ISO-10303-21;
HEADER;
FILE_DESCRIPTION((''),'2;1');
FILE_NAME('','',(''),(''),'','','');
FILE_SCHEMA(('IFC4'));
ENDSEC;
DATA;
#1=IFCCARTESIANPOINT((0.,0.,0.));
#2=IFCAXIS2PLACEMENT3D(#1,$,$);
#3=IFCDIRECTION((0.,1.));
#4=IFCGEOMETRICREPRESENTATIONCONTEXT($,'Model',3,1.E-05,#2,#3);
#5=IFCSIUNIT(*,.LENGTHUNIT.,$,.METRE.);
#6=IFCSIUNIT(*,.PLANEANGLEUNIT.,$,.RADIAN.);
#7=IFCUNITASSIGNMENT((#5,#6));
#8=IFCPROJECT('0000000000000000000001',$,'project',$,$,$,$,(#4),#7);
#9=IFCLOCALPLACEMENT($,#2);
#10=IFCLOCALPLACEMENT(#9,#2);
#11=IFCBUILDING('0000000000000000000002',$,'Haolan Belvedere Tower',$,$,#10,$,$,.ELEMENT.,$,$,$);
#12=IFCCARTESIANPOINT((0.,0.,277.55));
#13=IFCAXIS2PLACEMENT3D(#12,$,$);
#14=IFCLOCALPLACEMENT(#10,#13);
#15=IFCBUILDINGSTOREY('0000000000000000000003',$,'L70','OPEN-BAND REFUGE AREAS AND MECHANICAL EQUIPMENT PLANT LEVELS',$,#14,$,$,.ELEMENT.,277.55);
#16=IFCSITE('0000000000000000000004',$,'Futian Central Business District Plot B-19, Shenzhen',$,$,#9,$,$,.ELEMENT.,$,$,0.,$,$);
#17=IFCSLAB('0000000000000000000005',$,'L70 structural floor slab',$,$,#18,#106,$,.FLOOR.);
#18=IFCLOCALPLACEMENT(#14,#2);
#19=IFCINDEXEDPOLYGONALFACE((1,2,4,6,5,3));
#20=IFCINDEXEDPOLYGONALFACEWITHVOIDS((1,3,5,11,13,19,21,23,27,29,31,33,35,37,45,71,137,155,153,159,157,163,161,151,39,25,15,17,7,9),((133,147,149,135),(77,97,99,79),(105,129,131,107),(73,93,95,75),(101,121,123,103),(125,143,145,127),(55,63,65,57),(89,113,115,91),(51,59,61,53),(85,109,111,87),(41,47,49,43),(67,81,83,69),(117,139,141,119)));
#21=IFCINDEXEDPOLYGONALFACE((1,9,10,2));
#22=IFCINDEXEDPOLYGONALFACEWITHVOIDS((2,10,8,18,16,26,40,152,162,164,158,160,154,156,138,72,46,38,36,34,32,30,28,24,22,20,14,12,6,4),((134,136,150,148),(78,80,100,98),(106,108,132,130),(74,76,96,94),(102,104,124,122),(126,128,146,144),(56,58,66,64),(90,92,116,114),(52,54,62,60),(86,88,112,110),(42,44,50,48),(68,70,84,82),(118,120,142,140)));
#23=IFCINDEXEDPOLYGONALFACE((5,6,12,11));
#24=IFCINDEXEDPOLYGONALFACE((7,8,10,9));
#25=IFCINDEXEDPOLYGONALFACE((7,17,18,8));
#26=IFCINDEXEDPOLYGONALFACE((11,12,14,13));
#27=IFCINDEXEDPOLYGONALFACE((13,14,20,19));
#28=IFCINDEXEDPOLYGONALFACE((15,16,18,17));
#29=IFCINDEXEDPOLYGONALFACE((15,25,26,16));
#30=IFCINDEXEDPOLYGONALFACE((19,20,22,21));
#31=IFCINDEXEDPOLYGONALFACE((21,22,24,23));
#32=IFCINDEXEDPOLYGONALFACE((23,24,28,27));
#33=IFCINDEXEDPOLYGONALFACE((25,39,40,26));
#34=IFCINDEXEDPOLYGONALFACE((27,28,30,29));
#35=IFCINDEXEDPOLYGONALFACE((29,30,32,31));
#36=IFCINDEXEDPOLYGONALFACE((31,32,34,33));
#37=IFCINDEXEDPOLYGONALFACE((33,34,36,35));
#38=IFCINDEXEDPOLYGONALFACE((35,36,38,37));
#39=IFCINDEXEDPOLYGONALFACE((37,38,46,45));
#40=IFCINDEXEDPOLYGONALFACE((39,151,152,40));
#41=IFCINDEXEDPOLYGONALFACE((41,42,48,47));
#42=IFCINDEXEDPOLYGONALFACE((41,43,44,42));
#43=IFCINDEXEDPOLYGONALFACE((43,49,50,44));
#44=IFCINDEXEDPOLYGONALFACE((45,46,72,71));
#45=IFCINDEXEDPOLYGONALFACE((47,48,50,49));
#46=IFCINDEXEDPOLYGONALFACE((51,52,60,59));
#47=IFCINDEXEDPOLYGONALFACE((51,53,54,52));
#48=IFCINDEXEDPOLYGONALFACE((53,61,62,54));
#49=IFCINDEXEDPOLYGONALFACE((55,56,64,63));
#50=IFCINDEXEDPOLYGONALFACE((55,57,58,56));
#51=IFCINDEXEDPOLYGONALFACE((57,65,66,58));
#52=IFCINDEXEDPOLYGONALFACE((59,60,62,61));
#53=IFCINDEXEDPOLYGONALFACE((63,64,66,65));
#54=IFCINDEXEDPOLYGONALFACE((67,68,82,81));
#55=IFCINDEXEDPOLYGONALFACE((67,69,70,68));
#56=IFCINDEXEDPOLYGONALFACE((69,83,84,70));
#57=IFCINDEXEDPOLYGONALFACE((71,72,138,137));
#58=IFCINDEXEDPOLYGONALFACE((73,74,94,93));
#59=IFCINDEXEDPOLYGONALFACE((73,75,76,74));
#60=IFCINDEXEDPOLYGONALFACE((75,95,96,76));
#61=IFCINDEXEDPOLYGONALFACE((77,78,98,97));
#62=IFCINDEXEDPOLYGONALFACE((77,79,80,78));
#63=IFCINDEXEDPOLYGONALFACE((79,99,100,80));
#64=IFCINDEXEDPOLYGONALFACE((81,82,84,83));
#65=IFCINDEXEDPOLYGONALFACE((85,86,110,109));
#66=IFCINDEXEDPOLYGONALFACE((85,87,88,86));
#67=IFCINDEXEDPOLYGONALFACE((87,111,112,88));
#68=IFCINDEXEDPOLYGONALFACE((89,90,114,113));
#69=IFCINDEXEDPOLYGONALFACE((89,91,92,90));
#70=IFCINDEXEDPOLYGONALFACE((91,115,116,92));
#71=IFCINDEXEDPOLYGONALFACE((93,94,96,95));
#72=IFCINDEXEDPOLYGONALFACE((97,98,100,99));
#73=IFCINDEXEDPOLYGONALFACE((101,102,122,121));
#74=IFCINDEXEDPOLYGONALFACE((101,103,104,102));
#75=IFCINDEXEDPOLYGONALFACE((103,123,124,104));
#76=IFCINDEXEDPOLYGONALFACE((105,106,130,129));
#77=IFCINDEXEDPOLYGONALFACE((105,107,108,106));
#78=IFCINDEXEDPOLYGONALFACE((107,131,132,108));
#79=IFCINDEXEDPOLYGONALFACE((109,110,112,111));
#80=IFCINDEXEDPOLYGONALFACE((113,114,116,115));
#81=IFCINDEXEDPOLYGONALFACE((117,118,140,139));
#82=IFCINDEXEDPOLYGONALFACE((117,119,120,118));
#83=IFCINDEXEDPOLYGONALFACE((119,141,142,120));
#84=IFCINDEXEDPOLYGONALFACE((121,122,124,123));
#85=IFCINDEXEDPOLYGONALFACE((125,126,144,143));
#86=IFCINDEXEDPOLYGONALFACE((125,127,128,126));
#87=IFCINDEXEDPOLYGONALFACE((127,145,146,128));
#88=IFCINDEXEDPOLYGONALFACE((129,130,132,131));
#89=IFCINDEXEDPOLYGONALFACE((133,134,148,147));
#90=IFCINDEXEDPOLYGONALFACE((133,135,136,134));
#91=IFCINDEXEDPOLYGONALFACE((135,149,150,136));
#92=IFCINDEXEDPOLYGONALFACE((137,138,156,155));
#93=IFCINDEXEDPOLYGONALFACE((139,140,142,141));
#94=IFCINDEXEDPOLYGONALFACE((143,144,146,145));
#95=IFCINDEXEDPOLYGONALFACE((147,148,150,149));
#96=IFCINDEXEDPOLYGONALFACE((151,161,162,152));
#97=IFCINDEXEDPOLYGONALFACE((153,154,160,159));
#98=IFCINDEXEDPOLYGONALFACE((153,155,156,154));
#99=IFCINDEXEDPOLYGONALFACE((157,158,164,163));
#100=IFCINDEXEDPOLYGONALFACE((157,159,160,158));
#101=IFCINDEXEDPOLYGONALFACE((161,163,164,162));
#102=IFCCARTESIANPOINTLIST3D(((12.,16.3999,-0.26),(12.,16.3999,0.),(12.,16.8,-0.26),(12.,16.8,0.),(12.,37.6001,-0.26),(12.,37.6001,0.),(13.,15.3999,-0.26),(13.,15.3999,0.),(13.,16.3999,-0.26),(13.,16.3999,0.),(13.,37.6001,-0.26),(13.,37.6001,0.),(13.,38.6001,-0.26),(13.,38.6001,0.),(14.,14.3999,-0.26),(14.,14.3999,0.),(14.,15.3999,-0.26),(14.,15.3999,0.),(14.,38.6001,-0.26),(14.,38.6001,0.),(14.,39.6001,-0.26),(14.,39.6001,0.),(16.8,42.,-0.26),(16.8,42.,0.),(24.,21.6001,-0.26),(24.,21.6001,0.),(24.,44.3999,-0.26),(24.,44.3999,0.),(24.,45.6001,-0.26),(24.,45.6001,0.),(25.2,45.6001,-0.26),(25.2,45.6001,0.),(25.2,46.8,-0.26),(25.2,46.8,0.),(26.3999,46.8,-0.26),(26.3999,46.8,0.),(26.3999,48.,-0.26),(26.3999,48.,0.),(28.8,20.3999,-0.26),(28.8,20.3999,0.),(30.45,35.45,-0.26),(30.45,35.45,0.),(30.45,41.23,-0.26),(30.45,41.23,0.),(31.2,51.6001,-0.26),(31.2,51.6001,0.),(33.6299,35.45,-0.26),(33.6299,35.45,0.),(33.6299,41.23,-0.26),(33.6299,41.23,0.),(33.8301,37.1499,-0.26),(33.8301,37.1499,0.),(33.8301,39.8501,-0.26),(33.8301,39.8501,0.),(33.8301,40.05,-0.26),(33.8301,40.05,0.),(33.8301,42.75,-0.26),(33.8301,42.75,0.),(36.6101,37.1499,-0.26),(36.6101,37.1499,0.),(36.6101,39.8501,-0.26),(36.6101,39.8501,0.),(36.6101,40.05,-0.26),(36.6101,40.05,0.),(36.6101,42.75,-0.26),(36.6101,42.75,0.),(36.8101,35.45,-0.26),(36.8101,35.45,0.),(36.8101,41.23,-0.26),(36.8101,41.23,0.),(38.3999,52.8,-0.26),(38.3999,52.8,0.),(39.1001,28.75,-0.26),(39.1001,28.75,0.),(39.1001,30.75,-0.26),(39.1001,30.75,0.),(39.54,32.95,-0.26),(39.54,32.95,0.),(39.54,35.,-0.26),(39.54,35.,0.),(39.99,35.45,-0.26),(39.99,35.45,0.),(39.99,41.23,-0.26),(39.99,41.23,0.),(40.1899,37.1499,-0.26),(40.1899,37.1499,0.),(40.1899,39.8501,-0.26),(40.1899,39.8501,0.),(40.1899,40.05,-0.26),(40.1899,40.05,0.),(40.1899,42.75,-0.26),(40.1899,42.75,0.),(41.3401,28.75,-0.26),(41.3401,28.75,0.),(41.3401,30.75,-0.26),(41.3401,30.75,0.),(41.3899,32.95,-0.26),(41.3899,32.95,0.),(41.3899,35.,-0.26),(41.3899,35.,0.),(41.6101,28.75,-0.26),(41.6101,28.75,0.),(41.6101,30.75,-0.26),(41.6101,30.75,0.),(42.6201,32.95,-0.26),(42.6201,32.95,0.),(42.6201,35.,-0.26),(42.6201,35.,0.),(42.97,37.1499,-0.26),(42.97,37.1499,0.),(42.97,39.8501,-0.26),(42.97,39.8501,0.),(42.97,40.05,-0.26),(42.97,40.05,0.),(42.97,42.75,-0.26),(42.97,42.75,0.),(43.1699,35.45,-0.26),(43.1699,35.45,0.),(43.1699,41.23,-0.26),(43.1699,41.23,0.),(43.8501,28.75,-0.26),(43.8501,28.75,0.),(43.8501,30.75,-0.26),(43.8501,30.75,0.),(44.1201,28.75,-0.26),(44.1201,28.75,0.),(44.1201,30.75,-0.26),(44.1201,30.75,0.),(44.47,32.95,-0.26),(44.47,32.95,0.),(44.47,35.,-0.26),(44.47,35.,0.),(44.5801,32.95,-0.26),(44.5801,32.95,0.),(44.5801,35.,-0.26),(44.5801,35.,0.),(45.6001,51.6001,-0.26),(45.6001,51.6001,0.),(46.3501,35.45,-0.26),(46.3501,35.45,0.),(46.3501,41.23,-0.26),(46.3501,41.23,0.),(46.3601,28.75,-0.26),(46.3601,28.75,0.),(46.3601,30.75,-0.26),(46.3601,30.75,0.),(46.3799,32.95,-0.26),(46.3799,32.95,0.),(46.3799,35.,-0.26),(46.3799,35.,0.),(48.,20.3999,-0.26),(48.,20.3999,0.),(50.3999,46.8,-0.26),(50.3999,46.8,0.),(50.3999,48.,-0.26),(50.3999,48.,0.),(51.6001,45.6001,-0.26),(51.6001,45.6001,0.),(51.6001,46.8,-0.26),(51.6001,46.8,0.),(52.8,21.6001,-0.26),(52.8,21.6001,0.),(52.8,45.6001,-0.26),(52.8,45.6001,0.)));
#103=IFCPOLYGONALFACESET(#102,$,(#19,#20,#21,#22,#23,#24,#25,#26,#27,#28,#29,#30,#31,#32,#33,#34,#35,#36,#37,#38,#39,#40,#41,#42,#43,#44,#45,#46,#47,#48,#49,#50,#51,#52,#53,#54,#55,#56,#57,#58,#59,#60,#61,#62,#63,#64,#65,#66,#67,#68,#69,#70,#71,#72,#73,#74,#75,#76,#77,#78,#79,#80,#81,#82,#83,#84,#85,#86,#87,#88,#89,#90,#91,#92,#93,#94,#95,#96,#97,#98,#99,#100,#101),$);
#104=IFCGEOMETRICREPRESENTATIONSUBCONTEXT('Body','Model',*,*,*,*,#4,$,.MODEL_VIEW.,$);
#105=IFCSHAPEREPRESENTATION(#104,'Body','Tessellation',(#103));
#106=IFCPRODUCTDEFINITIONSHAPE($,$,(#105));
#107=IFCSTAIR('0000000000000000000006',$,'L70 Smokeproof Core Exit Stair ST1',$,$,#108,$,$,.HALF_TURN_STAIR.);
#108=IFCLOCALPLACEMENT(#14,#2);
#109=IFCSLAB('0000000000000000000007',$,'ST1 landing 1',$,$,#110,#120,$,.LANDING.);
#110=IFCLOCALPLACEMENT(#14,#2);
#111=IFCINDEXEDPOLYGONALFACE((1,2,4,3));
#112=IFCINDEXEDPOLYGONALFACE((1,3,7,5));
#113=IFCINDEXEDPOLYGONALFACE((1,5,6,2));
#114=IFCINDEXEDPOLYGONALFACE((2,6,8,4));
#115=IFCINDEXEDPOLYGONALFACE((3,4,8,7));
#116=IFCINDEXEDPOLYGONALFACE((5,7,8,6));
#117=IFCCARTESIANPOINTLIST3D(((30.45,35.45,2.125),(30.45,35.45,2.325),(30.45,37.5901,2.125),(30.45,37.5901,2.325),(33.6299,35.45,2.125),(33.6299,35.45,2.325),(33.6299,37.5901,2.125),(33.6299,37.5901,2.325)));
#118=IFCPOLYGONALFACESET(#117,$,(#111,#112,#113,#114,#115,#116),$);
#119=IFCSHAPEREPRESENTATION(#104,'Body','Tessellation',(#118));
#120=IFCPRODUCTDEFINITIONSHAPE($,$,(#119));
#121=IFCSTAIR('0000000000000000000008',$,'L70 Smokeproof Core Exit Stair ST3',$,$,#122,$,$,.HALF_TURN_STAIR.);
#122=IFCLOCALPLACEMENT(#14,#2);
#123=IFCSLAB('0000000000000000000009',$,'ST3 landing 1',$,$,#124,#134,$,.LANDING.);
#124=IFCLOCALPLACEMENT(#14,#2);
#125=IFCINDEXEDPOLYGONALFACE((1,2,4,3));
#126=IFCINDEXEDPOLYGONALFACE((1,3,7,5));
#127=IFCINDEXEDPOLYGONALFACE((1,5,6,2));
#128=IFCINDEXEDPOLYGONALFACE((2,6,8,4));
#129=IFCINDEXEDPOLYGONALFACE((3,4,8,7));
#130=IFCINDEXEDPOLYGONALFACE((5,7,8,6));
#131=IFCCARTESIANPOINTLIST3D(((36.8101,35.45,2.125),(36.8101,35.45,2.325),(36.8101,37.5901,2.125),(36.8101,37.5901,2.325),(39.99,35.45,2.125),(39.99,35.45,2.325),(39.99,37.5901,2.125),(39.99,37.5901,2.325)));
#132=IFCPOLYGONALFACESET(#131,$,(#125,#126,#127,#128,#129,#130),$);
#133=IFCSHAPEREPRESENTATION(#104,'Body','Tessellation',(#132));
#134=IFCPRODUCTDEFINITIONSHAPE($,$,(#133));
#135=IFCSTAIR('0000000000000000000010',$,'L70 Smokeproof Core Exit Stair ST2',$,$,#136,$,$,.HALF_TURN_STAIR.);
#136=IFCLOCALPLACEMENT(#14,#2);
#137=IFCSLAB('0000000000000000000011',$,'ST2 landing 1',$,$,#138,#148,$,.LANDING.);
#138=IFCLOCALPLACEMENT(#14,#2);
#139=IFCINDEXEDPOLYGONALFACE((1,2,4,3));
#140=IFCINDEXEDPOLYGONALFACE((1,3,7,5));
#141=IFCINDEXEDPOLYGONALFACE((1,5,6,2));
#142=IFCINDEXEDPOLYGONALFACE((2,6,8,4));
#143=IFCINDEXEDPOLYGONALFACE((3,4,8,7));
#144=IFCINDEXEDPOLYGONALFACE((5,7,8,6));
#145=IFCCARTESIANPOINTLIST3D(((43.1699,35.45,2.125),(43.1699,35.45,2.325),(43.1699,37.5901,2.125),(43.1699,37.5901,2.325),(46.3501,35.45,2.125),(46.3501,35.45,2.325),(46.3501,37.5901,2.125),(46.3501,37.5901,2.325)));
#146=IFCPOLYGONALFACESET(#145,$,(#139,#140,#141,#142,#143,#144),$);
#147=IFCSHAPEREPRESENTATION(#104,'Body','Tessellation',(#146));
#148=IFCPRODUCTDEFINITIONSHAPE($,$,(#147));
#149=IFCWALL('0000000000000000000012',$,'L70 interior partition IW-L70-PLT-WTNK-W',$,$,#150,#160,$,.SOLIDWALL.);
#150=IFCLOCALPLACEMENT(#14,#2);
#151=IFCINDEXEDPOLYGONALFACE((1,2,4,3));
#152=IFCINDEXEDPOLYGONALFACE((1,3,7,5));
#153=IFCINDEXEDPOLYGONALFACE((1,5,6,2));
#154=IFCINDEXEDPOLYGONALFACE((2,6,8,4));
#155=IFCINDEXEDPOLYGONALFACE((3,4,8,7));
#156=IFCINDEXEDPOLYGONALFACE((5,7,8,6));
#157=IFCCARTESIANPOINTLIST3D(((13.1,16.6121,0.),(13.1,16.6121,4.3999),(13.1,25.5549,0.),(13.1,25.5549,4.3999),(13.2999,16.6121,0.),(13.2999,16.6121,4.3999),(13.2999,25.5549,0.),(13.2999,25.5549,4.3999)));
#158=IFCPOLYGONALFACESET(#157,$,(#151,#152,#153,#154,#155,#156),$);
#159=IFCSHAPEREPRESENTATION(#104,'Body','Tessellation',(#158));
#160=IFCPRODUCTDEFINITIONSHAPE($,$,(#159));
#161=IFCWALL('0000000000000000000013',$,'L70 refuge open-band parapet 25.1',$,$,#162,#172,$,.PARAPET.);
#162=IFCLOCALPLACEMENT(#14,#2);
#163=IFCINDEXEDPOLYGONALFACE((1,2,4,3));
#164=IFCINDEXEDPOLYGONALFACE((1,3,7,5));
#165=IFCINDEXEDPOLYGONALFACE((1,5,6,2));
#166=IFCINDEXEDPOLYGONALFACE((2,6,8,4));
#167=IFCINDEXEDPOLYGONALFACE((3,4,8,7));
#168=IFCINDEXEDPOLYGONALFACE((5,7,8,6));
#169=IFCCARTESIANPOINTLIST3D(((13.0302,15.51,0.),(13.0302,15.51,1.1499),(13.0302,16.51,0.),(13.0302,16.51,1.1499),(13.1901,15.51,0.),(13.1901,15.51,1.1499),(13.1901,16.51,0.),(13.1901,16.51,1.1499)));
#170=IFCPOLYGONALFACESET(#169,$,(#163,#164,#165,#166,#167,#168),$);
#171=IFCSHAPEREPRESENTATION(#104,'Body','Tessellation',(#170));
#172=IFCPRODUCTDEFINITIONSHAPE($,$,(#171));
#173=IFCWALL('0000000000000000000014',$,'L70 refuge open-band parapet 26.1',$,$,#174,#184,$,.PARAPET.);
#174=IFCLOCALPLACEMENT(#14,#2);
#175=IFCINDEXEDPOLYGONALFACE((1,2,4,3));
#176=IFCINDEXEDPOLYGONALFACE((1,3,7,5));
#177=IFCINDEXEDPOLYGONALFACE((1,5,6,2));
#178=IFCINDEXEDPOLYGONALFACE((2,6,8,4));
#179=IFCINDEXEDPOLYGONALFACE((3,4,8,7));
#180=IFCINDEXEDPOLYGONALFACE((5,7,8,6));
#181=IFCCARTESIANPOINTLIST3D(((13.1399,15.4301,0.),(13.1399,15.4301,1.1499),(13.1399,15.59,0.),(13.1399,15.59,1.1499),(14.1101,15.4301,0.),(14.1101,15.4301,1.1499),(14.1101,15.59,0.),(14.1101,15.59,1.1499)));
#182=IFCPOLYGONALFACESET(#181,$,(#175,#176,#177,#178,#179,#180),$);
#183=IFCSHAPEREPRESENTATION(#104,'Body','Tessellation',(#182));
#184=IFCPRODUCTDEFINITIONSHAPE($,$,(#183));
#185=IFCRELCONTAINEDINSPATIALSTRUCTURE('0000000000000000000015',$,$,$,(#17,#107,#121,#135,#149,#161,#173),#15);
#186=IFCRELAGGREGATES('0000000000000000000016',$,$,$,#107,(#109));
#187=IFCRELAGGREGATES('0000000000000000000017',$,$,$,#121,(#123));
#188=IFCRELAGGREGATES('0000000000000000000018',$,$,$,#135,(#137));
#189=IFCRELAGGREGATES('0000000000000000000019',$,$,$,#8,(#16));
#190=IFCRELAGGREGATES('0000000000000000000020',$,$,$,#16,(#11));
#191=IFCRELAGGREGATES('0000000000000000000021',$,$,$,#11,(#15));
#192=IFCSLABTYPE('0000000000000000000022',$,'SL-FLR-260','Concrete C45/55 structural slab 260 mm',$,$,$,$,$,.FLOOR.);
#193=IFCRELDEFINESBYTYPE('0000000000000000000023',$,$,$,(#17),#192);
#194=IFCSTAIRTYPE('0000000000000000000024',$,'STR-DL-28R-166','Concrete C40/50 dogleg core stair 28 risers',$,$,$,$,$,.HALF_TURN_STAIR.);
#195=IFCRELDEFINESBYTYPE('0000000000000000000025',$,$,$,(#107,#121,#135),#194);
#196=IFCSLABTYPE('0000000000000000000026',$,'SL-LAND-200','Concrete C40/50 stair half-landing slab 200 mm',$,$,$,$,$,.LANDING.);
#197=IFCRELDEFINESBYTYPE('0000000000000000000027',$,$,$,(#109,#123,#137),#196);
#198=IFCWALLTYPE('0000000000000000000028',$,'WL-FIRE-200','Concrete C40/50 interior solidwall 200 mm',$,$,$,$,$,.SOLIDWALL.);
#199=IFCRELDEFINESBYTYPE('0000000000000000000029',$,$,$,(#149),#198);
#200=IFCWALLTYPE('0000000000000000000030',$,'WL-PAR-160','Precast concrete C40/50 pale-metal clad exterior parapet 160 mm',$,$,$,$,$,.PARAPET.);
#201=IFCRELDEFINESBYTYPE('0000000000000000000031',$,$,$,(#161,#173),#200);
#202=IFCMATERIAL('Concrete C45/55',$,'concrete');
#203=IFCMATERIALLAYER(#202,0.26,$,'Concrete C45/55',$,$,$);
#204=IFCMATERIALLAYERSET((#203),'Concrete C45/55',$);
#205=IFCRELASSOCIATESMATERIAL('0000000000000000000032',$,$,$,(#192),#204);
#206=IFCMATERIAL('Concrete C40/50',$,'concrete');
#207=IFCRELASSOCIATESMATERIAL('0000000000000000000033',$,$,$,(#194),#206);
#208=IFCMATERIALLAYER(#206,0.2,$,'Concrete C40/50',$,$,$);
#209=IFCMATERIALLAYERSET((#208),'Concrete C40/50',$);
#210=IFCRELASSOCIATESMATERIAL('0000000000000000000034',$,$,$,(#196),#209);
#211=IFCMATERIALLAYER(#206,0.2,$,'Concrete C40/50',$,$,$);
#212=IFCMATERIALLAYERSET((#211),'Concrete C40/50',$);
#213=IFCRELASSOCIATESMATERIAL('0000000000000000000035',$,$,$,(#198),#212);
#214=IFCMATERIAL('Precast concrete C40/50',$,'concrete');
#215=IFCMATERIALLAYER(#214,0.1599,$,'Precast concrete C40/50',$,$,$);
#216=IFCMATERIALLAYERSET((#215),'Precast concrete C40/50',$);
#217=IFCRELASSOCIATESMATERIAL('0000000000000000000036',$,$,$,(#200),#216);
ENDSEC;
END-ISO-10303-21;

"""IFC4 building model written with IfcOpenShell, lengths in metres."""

from ifc_helpers import new_model, si_unit, direction, frame, frame_2d, origin, place, context, subcontext, project, spatial, polyline, rectangle, outline, extrude, material, layer, layer_set, type_object, element, aggregate, save


model = new_model("IFC4")

# Units and contexts
model_context = context("Model", 3, precision=1e-05, world=origin(), true_north=direction((0.0, 1.0)))
body_context = subcontext(model_context, "Body", "Model", "MODEL_VIEW")
ifc_project = project(units=[si_unit("LENGTHUNIT", "METRE"), si_unit("PLANEANGLEUNIT", "RADIAN")], contexts=[model_context])

# Site, building, storey
site_placement = place(None, origin())
site = spatial("IfcSite", under=ifc_project, at=site_placement, Name="Futian Central Business District Plot B-19, Shenzhen", CompositionType="ELEMENT", RefElevation=0.0)
building_placement = place(site_placement, origin())
building = spatial("IfcBuilding", under=site, at=building_placement, Name="Haolan Belvedere Tower", CompositionType="ELEMENT")
storey_placement = place(building_placement, frame((0.0, 0.0, 277.55)))
storey = spatial("IfcBuildingStorey", under=building, at=storey_placement, Name="L70", Description="OPEN-BAND REFUGE AREAS AND MECHANICAL EQUIPMENT PLANT LEVELS", CompositionType="ELEMENT", Elevation=277.55)

# Slab
ifc_material_1 = material(Name="Concrete C45/55", Category="concrete")
ifc_layer_1 = layer(ifc_material_1, 0.26, Name="Concrete C45/55")
ifc_layer_set_1 = layer_set([ifc_layer_1], Name="Concrete C45/55")
slab_type_1 = type_object("IfcSlabType", Name="SL-FLR-260", Description="Concrete C45/55 structural slab 260 mm", PredefinedType="FLOOR", material=ifc_layer_set_1)
slab_1_placement = place(storey_placement, frame((0.0, 0.0, -0.26)))
element("IfcSlab", 1, at=slab_1_placement, inside=storey, type_object=slab_type_1, Name="L70 structural floor slab", PredefinedType="FLOOR", context=body_context, shape_type="SweptSolid", body=[
    extrude(outline(polyline([(24.0, 21.6001), (28.8, 20.3999), (48.0, 20.3999), (52.8, 21.6001), (52.8, 45.6001), (51.6001, 45.6001), (51.6001, 46.8), (50.3999, 46.8), (50.3999, 48.0), (45.6001, 51.6001), (38.3999, 52.8), (31.2, 51.6001), (26.3999, 48.0), (26.3999, 46.8), (25.2, 46.8), (25.2, 45.6001), (24.0, 45.6001), (24.0, 44.3999), (16.8, 42.0), (14.0, 39.6001), (14.0, 38.6001), (13.0, 38.6001), (13.0, 37.6001), (12.0, 37.6001), (12.0, 16.8), (12.0, 16.3999), (13.0, 16.3999), (13.0, 15.3999), (14.0, 15.3999), (14.0, 14.3999), (24.0, 21.6001)]), holes=[polyline([(30.45, 41.23), (30.45, 35.45), (33.6299, 35.45), (33.6299, 41.23), (30.45, 41.23)]), polyline([(36.8101, 41.23), (36.8101, 35.45), (39.99, 35.45), (39.99, 41.23), (36.8101, 41.23)]), polyline([(43.1699, 41.23), (43.1699, 35.45), (46.3501, 35.45), (46.3501, 41.23), (43.1699, 41.23)]), polyline([(33.8301, 40.05), (36.6101, 40.05), (36.6101, 42.75), (33.8301, 42.75), (33.8301, 40.05)]), polyline([(33.8301, 37.1499), (36.6101, 37.1499), (36.6101, 39.8501), (33.8301, 39.8501), (33.8301, 37.1499)]), polyline([(40.1899, 40.05), (42.97, 40.05), (42.97, 42.75), (40.1899, 42.75), (40.1899, 40.05)]), polyline([(40.1899, 37.1499), (42.97, 37.1499), (42.97, 39.8501), (40.1899, 39.8501), (40.1899, 37.1499)]), polyline([(39.54, 32.95), (41.3899, 32.95), (41.3899, 35.0), (39.54, 35.0), (39.54, 32.95)]), polyline([(42.6201, 32.95), (44.47, 32.95), (44.47, 35.0), (42.6201, 35.0), (42.6201, 32.95)]), polyline([(44.5801, 32.95), (46.3799, 32.95), (46.3799, 35.0), (44.5801, 35.0), (44.5801, 32.95)]), polyline([(39.1001, 28.75), (41.3401, 28.75), (41.3401, 30.75), (39.1001, 30.75), (39.1001, 28.75)]), polyline([(41.6101, 28.75), (43.8501, 28.75), (43.8501, 30.75), (41.6101, 30.75), (41.6101, 28.75)]), polyline([(44.1201, 28.75), (46.3601, 28.75), (46.3601, 30.75), (44.1201, 30.75), (44.1201, 28.75)])]), origin(), (0.0, 0.0, 1.0), 0.26),
])

# Stairs, slabs
ifc_material_2 = material(Name="Concrete C40/50", Category="concrete")
stair_type = type_object("IfcStairType", Name="STR-DL-28R-166", Description="Concrete C40/50 dogleg core stair 28 risers", PredefinedType="HALF_TURN_STAIR", material=ifc_material_2)
stair_1_placement = place(storey_placement, origin())
stair_1 = element("IfcStair", 2, at=stair_1_placement, inside=storey, type_object=stair_type, Name="L70 Smokeproof Core Exit Stair ST1", PredefinedType="HALF_TURN_STAIR")
ifc_layer_2 = layer(ifc_material_2, 0.2, Name="Concrete C40/50")
ifc_layer_set_2 = layer_set([ifc_layer_2], Name="Concrete C40/50")
slab_type_2 = type_object("IfcSlabType", Name="SL-LAND-200", Description="Concrete C40/50 stair half-landing slab 200 mm", PredefinedType="LANDING", material=ifc_layer_set_2)
slab_2_placement = place(storey_placement, frame((0.0, 0.0, 2.125)))
slab_2 = element("IfcSlab", 3, at=slab_2_placement, type_object=slab_type_2, Name="ST1 landing 1", PredefinedType="LANDING", context=body_context, shape_type="SweptSolid", body=[
    extrude(outline(polyline([(30.45, 37.5901), (30.45, 35.45), (33.6299, 35.45), (33.6299, 37.5901), (30.45, 37.5901)])), origin(), (0.0, 0.0, 1.0), 0.2),
])
aggregate(stair_1, [slab_2])
stair_2_placement = place(storey_placement, origin())
stair_2 = element("IfcStair", 4, at=stair_2_placement, inside=storey, type_object=stair_type, Name="L70 Smokeproof Core Exit Stair ST3", PredefinedType="HALF_TURN_STAIR")
slab_3_placement = place(storey_placement, frame((0.0, 0.0, 2.125)))
slab_3 = element("IfcSlab", 5, at=slab_3_placement, type_object=slab_type_2, Name="ST3 landing 1", PredefinedType="LANDING", context=body_context, shape_type="SweptSolid", body=[
    extrude(outline(polyline([(36.8101, 37.5901), (36.8101, 35.45), (39.99, 35.45), (39.99, 37.5901), (36.8101, 37.5901)])), origin(), (0.0, 0.0, 1.0), 0.2),
])
aggregate(stair_2, [slab_3])
stair_3_placement = place(storey_placement, origin())
stair_3 = element("IfcStair", 6, at=stair_3_placement, inside=storey, type_object=stair_type, Name="L70 Smokeproof Core Exit Stair ST2", PredefinedType="HALF_TURN_STAIR")
slab_4_placement = place(storey_placement, frame((0.0, 0.0, 2.125)))
slab_4 = element("IfcSlab", 7, at=slab_4_placement, type_object=slab_type_2, Name="ST2 landing 1", PredefinedType="LANDING", context=body_context, shape_type="SweptSolid", body=[
    extrude(outline(polyline([(43.1699, 37.5901), (43.1699, 35.45), (46.3501, 35.45), (46.3501, 37.5901), (43.1699, 37.5901)])), origin(), (0.0, 0.0, 1.0), 0.2),
])
aggregate(stair_3, [slab_4])

# Walls
ifc_layer_3 = layer(ifc_material_2, 0.2, Name="Concrete C40/50")
ifc_layer_set_3 = layer_set([ifc_layer_3], Name="Concrete C40/50")
wall_type_1 = type_object("IfcWallType", Name="WL-FIRE-200", Description="Concrete C40/50 interior solidwall 200 mm", PredefinedType="SOLIDWALL", material=ifc_layer_set_3)
wall_1_placement = place(storey_placement, frame((13.2, 16.6121, 0.0), z_axis=(0.0, 0.0, 1.0), x_axis=(0.0, 1.0, 0.0)))
element("IfcWall", 8, at=wall_1_placement, inside=storey, type_object=wall_type_1, Name="L70 interior partition IW-L70-PLT-WTNK-W", PredefinedType="SOLIDWALL", context=body_context, shape_type="SweptSolid", body=[
    extrude(rectangle(XDim=8.9429, YDim=0.2, at=frame_2d((4.4714, 0.0))), origin(), (0.0, 0.0, 1.0), 4.3999),
])
ifc_material_3 = material(Name="Precast concrete C40/50", Category="concrete")
ifc_layer_4 = layer(ifc_material_3, 0.1599, Name="Precast concrete C40/50")
ifc_layer_set_4 = layer_set([ifc_layer_4], Name="Precast concrete C40/50")
wall_type_2 = type_object("IfcWallType", Name="WL-PAR-160", Description="Precast concrete C40/50 pale-metal clad exterior parapet 160 mm", PredefinedType="PARAPET", material=ifc_layer_set_4)
wall_2_placement = place(storey_placement, frame((13.1101, 16.51, 0.0), z_axis=(0.0, 0.0, 1.0), x_axis=(0.0, -1.0, 0.0)))
element("IfcWall", 9, at=wall_2_placement, inside=storey, type_object=wall_type_2, Name="L70 refuge open-band parapet 25.1", PredefinedType="PARAPET", context=body_context, shape_type="SweptSolid", body=[
    extrude(rectangle(XDim=1.0, YDim=0.1599, at=frame_2d((0.5, 0.0))), origin(), (0.0, 0.0, 1.0), 1.1499),
])
wall_3_placement = place(storey_placement, frame((13.1399, 15.51, 0.0), z_axis=(0.0, 0.0, 1.0), x_axis=(1.0, 0.0, 0.0)))
element("IfcWall", 10, at=wall_3_placement, inside=storey, type_object=wall_type_2, Name="L70 refuge open-band parapet 26.1", PredefinedType="PARAPET", context=body_context, shape_type="SweptSolid", body=[
    extrude(rectangle(XDim=0.9702, YDim=0.1599, at=frame_2d((0.4851, 0.0))), origin(), (0.0, 0.0, 1.0), 1.1499),
])

save(model, "model.ifc")
